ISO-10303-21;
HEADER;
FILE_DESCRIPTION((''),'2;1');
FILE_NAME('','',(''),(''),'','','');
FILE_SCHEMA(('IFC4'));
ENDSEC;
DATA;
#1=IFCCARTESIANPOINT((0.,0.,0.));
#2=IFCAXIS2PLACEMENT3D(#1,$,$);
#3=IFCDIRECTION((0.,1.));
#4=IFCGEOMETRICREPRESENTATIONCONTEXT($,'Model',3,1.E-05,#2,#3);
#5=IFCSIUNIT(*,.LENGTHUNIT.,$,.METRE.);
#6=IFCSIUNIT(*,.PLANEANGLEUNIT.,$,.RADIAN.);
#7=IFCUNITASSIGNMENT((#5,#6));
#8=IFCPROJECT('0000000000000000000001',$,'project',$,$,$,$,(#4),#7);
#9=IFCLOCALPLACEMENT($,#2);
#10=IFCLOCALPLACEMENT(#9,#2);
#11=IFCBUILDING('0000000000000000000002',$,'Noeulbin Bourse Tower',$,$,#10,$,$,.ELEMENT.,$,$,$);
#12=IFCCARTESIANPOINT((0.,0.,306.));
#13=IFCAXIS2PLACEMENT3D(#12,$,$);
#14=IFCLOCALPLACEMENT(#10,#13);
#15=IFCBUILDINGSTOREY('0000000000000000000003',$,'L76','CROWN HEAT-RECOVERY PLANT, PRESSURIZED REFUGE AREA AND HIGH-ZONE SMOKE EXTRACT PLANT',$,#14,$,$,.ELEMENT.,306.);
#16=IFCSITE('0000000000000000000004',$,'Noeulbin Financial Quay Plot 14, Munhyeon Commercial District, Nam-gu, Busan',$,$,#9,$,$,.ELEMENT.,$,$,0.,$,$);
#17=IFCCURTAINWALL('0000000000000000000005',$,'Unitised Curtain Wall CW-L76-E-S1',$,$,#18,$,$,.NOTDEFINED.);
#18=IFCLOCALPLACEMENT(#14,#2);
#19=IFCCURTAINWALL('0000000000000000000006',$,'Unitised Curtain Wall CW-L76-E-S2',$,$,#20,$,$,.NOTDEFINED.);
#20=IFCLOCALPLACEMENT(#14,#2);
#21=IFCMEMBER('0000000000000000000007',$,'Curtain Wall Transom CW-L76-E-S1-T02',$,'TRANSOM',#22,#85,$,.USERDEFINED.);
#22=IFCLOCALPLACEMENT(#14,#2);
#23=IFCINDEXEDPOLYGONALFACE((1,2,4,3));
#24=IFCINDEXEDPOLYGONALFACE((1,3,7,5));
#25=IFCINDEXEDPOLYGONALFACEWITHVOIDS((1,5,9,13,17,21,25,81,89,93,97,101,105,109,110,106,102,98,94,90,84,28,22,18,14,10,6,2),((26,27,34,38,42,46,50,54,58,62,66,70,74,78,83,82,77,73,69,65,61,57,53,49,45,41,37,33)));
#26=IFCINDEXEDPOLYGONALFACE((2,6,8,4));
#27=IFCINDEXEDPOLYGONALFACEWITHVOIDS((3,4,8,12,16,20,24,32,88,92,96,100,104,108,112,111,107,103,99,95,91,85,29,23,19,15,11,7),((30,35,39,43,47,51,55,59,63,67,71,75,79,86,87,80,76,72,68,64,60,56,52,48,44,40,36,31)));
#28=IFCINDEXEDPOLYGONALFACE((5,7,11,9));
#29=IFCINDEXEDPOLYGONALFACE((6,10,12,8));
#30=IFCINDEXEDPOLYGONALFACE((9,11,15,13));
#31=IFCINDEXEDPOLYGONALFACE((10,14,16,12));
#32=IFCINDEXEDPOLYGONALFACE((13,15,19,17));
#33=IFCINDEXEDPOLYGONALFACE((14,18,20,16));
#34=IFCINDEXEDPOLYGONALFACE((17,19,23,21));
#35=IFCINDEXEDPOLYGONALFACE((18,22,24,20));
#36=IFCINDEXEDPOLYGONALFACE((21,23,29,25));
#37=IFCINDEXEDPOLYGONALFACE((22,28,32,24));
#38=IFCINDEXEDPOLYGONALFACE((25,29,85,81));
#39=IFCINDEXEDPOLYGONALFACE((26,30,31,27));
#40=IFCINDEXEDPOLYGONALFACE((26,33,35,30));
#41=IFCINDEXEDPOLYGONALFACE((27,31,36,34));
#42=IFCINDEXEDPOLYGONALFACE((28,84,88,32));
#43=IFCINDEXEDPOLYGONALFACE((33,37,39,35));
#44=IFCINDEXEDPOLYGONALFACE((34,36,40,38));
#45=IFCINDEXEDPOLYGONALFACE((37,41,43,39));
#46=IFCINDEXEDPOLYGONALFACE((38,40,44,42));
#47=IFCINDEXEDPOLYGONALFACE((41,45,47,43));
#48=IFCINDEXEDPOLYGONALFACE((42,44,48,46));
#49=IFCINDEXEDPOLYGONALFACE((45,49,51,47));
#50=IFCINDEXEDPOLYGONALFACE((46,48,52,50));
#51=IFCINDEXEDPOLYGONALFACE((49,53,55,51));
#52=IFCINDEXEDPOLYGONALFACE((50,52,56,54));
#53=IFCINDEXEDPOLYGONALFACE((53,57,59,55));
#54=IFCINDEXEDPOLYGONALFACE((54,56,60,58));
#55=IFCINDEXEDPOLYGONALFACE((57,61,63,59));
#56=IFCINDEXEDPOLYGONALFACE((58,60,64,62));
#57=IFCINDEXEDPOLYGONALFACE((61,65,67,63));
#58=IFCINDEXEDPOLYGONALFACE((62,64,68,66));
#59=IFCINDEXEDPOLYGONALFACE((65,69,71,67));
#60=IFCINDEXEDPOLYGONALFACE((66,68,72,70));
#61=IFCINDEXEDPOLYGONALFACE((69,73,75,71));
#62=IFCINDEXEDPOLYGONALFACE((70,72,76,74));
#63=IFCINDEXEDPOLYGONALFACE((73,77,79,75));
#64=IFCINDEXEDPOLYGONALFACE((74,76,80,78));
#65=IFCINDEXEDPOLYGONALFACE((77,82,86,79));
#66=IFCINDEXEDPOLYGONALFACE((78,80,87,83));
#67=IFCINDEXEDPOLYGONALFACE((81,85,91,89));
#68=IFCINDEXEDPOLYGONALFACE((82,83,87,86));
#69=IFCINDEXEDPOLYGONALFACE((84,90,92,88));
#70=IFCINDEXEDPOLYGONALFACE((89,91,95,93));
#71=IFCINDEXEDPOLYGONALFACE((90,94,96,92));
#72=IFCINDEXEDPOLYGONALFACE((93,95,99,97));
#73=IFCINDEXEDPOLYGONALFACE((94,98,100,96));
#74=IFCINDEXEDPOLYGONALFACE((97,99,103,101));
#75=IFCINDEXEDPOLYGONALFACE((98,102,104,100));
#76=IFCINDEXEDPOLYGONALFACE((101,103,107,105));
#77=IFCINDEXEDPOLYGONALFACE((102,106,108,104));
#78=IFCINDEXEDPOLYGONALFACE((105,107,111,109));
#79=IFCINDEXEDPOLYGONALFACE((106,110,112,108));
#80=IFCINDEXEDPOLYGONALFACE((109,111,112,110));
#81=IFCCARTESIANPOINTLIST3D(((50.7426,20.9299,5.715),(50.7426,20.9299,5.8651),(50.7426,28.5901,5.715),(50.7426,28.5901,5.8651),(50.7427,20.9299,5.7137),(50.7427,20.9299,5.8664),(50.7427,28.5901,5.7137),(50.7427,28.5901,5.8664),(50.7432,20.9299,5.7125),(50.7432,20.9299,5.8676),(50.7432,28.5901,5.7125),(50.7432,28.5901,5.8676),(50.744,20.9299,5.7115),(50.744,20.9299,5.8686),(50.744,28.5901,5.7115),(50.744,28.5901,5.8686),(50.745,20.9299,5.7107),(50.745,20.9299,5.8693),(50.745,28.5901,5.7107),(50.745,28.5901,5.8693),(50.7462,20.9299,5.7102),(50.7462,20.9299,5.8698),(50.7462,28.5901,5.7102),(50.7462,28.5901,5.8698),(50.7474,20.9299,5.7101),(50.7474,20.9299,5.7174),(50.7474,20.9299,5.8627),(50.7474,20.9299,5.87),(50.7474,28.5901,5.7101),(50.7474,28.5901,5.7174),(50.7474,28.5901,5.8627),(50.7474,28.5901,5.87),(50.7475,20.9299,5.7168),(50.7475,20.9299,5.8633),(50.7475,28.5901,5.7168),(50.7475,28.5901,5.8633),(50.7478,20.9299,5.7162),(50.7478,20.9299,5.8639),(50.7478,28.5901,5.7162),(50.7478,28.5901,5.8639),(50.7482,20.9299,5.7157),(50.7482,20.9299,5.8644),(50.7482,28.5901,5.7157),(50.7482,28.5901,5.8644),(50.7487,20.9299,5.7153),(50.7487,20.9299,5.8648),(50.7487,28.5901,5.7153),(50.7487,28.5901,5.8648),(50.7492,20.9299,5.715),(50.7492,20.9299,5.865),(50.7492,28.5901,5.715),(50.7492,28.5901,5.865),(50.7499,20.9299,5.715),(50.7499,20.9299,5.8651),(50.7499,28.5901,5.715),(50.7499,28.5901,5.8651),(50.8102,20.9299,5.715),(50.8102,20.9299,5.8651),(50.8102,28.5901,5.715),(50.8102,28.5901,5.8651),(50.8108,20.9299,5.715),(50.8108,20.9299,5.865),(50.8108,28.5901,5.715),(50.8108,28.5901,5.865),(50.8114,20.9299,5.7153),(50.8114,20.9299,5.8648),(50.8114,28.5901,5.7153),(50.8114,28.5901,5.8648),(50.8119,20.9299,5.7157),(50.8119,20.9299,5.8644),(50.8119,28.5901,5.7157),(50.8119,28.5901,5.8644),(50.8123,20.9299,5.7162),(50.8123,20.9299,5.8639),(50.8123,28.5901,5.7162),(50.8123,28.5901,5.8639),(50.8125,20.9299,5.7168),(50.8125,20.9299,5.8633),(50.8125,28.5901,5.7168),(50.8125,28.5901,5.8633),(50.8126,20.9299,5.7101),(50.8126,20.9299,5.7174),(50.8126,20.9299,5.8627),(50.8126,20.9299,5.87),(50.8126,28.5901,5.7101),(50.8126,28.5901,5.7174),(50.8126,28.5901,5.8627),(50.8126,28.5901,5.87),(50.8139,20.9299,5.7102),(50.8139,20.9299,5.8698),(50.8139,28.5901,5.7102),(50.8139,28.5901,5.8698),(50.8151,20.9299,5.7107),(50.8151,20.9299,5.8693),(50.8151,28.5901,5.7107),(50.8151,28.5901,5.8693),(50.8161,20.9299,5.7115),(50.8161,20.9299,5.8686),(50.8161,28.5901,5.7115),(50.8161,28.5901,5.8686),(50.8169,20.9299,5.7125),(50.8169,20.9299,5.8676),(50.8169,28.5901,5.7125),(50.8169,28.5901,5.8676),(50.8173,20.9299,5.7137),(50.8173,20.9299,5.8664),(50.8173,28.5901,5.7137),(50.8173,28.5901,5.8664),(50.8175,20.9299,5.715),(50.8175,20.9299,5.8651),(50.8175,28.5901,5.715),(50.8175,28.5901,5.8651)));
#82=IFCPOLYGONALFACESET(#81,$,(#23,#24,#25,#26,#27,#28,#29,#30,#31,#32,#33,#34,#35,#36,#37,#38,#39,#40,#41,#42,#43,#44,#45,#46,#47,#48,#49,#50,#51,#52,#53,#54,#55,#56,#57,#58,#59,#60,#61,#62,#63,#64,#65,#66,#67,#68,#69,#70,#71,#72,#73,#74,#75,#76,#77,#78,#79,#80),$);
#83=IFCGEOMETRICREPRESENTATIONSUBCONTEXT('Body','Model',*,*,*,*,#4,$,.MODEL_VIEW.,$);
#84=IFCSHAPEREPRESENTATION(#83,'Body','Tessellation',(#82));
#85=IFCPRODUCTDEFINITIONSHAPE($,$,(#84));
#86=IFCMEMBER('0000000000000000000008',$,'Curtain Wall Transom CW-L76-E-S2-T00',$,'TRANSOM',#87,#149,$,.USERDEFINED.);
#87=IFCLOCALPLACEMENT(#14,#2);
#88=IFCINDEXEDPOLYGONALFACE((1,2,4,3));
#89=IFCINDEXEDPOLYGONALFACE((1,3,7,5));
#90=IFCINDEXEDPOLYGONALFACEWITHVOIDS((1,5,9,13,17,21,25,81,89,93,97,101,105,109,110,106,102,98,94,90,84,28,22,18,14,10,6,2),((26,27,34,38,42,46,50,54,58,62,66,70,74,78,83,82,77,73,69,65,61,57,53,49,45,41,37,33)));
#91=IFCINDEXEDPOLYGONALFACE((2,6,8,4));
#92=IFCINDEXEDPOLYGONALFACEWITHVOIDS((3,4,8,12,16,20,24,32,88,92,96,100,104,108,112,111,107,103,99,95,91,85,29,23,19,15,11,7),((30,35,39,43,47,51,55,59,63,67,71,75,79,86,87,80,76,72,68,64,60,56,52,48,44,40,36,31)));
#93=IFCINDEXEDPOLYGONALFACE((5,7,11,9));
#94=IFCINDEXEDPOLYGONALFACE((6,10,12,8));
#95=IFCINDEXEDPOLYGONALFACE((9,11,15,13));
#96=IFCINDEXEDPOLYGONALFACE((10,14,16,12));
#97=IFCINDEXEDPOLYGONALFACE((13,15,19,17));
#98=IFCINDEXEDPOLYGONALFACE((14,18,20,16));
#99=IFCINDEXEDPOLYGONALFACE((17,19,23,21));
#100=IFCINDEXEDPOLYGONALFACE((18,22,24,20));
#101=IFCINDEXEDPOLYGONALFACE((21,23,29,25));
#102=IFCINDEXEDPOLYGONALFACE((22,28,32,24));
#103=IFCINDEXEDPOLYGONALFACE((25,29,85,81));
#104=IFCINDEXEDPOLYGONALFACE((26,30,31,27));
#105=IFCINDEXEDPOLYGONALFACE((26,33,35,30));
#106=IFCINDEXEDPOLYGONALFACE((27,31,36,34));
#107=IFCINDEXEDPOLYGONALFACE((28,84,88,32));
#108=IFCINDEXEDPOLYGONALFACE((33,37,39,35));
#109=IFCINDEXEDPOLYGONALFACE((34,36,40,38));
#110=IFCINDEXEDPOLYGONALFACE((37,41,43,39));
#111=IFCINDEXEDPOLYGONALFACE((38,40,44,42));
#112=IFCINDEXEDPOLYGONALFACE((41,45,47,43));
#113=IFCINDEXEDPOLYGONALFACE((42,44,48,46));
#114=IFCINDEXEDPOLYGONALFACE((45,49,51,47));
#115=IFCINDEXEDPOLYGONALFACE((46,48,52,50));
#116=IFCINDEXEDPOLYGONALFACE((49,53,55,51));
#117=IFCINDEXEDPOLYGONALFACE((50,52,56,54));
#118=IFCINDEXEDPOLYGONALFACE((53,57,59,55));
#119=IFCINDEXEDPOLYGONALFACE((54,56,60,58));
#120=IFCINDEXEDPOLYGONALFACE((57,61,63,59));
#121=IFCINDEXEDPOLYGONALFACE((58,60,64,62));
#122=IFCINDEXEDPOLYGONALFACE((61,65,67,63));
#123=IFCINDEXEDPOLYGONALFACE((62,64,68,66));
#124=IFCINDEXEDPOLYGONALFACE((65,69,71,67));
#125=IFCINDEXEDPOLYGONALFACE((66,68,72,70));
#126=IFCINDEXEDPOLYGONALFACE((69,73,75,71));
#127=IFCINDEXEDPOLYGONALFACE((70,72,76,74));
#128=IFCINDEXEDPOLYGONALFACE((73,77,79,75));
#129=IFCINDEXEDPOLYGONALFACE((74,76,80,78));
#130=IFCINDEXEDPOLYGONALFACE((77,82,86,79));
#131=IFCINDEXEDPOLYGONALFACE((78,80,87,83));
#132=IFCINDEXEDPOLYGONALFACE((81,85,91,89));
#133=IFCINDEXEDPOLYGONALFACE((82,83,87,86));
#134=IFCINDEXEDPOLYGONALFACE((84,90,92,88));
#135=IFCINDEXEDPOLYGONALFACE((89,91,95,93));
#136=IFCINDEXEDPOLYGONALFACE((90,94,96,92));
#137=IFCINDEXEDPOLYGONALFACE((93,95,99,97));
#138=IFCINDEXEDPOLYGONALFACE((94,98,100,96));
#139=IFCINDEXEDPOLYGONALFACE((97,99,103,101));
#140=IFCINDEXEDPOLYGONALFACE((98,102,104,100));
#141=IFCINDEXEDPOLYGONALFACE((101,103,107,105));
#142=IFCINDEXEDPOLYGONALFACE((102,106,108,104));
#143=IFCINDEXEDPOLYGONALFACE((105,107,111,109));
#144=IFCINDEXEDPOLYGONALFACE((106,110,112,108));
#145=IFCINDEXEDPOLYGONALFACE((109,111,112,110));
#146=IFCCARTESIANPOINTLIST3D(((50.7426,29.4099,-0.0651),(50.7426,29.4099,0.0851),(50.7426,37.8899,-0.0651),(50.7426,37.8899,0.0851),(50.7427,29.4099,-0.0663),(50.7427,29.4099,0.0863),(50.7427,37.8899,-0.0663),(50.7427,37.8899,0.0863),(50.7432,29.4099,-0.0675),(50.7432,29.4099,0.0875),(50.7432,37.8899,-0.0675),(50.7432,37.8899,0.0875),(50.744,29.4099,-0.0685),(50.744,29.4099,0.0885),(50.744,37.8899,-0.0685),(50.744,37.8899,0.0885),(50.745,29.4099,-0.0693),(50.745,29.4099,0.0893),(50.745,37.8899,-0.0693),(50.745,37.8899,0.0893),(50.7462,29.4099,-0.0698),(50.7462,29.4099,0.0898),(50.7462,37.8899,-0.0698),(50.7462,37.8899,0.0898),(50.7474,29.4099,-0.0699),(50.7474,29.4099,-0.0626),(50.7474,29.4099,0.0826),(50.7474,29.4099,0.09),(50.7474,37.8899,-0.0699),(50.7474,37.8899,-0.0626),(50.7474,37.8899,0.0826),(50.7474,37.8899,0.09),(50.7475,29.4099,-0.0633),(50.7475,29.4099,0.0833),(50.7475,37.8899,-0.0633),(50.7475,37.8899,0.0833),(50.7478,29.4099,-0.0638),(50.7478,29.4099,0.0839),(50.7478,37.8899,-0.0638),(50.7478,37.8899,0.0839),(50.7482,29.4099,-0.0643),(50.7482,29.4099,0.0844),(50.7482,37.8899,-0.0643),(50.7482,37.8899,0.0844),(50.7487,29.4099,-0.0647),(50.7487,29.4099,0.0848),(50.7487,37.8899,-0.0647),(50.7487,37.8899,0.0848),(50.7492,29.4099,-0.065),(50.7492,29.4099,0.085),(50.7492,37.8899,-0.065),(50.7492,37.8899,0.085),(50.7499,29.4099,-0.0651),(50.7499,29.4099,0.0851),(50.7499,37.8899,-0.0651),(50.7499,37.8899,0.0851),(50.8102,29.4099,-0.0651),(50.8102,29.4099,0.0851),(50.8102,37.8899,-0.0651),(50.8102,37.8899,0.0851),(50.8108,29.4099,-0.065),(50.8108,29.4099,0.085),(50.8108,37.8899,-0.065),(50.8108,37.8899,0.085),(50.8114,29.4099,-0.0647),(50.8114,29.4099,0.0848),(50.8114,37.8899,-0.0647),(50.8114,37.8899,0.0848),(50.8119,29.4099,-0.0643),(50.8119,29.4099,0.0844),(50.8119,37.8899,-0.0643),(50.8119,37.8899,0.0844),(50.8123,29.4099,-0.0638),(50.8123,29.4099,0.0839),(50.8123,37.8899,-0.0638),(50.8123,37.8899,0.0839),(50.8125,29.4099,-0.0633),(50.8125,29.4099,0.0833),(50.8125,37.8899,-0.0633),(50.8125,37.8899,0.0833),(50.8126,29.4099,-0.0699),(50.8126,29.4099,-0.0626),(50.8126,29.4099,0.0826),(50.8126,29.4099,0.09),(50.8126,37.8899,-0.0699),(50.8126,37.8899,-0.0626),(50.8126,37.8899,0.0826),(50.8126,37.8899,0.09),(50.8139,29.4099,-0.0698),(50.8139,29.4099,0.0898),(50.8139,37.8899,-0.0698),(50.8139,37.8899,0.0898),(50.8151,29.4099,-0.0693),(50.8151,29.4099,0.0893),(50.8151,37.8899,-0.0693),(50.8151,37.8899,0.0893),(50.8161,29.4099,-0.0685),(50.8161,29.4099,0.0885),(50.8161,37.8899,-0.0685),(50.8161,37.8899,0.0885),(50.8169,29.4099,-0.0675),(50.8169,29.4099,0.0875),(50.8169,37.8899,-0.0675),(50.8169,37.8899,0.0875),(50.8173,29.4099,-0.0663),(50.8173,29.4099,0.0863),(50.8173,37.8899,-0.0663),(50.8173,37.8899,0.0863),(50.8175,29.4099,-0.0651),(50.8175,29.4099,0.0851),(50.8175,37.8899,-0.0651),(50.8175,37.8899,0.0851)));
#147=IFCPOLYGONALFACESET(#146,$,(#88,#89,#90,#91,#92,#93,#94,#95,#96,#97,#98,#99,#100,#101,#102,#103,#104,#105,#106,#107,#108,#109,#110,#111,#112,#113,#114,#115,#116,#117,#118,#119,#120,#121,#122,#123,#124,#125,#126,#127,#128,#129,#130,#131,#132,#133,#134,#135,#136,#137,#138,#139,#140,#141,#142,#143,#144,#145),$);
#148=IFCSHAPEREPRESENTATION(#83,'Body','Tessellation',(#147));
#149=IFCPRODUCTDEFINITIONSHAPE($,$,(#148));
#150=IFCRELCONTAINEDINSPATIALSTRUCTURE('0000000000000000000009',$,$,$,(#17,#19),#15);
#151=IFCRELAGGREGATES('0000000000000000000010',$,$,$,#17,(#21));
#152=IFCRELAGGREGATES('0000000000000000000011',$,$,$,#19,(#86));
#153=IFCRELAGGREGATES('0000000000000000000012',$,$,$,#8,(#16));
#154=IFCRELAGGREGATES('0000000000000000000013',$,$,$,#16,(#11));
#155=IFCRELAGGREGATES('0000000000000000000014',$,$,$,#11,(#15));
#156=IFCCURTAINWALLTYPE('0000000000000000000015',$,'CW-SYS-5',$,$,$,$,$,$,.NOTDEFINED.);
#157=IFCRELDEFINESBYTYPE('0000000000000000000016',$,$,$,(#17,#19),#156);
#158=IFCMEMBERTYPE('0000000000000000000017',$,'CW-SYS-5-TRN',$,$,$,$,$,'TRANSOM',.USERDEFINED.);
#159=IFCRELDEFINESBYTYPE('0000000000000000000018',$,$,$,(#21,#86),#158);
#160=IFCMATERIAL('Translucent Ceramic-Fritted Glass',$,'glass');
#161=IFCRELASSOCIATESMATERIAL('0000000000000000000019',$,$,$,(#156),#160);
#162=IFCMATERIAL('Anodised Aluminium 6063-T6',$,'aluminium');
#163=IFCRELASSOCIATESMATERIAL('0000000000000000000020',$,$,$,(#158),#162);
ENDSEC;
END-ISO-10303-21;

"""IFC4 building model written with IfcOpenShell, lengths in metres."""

from ifc_helpers import new_model, si_unit, direction, frame, origin, origin_2d, place, context, subcontext, project, spatial, hollow_rectangle, extrude, material, material_profile, profile_set, type_object, element, aggregate, save


model = new_model("IFC4")

# Units and contexts
model_context = context("Model", 3, precision=1e-05, world=origin(), true_north=direction((0.0, 1.0)))
body_context = subcontext(model_context, "Body", "Model", "MODEL_VIEW")
ifc_project = project(units=[si_unit("LENGTHUNIT", "METRE"), si_unit("PLANEANGLEUNIT", "RADIAN")], contexts=[model_context])

# Site, building, storey
site_placement = place(None, origin())
site = spatial("IfcSite", under=ifc_project, at=site_placement, Name="Noeulbin Financial Quay Plot 14, Munhyeon Commercial District, Nam-gu, Busan", CompositionType="ELEMENT", RefElevation=0.0)
building_placement = place(site_placement, origin())
building = spatial("IfcBuilding", under=site, at=building_placement, Name="Noeulbin Bourse Tower", CompositionType="ELEMENT")
storey_placement = place(building_placement, frame((0.0, 0.0, 306.0)))
storey = spatial("IfcBuildingStorey", under=building, at=storey_placement, Name="L76", Description="CROWN HEAT-RECOVERY PLANT, PRESSURIZED REFUGE AREA AND HIGH-ZONE SMOKE EXTRACT PLANT", CompositionType="ELEMENT", Elevation=306.0)

# Curtain wall
ifc_material_1 = material(Name="Translucent Ceramic-Fritted Glass", Category="glass")
curtain_wall_type = type_object("IfcCurtainWallType", Name="CW-SYS-5", PredefinedType="NOTDEFINED", material=ifc_material_1)
ifc_material_2 = material(Name="Anodised Aluminium 6063-T6", Category="aluminium")
curtain_wall_1_placement = place(storey_placement, origin())
curtain_wall_1 = element("IfcCurtainWall", 1, at=curtain_wall_1_placement, inside=storey, type_object=curtain_wall_type, Name="Unitised Curtain Wall CW-L76-E-S1", PredefinedType="NOTDEFINED")

# Curtain wall
curtain_wall_2_placement = place(storey_placement, origin())
curtain_wall_2 = element("IfcCurtainWall", 2, at=curtain_wall_2_placement, inside=storey, type_object=curtain_wall_type, Name="Unitised Curtain Wall CW-L76-E-S2", PredefinedType="NOTDEFINED")

# Members
ifc_material_profile_1 = material_profile(ifc_material_2, hollow_rectangle(XDim=0.075, YDim=0.1599, WallThickness=0.0049, InnerFilletRadius=0.0024, OuterFilletRadius=0.0049, at=origin_2d()), Name="ALU-TRAN-75x160x5", Category="LoadBearing")
ifc_profile_set_1 = profile_set([ifc_material_profile_1], Name="Anodised Aluminium 6063-T6")
member_type_1 = type_object("IfcMemberType", Name="CW-SYS-5-TRN", ElementType="TRANSOM", PredefinedType="USERDEFINED", material=ifc_profile_set_1)
member_1_placement = place(storey_placement, frame((50.78, 20.9299, 5.79), z_axis=(0.0, 1.0, 0.0), x_axis=(-1.0, 0.0, 0.0)))
member_1 = element("IfcMember", 3, at=member_1_placement, type_object=member_type_1, Name="Curtain Wall Transom CW-L76-E-S1-T02", ObjectType="TRANSOM", PredefinedType="USERDEFINED", context=body_context, shape_type="SweptSolid", body=[
    extrude(hollow_rectangle(XDim=0.075, YDim=0.1599, WallThickness=0.0049, InnerFilletRadius=0.0024, OuterFilletRadius=0.0049, at=origin_2d()), origin(), (0.0, 0.0, 1.0), 7.6602),
])
member_2_placement = place(storey_placement, frame((50.78, 29.4099, 0.01), z_axis=(0.0, 1.0, 0.0), x_axis=(-1.0, 0.0, 0.0)))
member_2 = element("IfcMember", 4, at=member_2_placement, type_object=member_type_1, Name="Curtain Wall Transom CW-L76-E-S2-T00", ObjectType="TRANSOM", PredefinedType="USERDEFINED", context=body_context, shape_type="SweptSolid", body=[
    extrude(hollow_rectangle(XDim=0.075, YDim=0.1599, WallThickness=0.0049, InnerFilletRadius=0.0024, OuterFilletRadius=0.0049, at=origin_2d()), origin(), (0.0, 0.0, 1.0), 8.48),
])

aggregate(curtain_wall_1, [member_1])
aggregate(curtain_wall_2, [member_2])

save(model, "model.ifc")
